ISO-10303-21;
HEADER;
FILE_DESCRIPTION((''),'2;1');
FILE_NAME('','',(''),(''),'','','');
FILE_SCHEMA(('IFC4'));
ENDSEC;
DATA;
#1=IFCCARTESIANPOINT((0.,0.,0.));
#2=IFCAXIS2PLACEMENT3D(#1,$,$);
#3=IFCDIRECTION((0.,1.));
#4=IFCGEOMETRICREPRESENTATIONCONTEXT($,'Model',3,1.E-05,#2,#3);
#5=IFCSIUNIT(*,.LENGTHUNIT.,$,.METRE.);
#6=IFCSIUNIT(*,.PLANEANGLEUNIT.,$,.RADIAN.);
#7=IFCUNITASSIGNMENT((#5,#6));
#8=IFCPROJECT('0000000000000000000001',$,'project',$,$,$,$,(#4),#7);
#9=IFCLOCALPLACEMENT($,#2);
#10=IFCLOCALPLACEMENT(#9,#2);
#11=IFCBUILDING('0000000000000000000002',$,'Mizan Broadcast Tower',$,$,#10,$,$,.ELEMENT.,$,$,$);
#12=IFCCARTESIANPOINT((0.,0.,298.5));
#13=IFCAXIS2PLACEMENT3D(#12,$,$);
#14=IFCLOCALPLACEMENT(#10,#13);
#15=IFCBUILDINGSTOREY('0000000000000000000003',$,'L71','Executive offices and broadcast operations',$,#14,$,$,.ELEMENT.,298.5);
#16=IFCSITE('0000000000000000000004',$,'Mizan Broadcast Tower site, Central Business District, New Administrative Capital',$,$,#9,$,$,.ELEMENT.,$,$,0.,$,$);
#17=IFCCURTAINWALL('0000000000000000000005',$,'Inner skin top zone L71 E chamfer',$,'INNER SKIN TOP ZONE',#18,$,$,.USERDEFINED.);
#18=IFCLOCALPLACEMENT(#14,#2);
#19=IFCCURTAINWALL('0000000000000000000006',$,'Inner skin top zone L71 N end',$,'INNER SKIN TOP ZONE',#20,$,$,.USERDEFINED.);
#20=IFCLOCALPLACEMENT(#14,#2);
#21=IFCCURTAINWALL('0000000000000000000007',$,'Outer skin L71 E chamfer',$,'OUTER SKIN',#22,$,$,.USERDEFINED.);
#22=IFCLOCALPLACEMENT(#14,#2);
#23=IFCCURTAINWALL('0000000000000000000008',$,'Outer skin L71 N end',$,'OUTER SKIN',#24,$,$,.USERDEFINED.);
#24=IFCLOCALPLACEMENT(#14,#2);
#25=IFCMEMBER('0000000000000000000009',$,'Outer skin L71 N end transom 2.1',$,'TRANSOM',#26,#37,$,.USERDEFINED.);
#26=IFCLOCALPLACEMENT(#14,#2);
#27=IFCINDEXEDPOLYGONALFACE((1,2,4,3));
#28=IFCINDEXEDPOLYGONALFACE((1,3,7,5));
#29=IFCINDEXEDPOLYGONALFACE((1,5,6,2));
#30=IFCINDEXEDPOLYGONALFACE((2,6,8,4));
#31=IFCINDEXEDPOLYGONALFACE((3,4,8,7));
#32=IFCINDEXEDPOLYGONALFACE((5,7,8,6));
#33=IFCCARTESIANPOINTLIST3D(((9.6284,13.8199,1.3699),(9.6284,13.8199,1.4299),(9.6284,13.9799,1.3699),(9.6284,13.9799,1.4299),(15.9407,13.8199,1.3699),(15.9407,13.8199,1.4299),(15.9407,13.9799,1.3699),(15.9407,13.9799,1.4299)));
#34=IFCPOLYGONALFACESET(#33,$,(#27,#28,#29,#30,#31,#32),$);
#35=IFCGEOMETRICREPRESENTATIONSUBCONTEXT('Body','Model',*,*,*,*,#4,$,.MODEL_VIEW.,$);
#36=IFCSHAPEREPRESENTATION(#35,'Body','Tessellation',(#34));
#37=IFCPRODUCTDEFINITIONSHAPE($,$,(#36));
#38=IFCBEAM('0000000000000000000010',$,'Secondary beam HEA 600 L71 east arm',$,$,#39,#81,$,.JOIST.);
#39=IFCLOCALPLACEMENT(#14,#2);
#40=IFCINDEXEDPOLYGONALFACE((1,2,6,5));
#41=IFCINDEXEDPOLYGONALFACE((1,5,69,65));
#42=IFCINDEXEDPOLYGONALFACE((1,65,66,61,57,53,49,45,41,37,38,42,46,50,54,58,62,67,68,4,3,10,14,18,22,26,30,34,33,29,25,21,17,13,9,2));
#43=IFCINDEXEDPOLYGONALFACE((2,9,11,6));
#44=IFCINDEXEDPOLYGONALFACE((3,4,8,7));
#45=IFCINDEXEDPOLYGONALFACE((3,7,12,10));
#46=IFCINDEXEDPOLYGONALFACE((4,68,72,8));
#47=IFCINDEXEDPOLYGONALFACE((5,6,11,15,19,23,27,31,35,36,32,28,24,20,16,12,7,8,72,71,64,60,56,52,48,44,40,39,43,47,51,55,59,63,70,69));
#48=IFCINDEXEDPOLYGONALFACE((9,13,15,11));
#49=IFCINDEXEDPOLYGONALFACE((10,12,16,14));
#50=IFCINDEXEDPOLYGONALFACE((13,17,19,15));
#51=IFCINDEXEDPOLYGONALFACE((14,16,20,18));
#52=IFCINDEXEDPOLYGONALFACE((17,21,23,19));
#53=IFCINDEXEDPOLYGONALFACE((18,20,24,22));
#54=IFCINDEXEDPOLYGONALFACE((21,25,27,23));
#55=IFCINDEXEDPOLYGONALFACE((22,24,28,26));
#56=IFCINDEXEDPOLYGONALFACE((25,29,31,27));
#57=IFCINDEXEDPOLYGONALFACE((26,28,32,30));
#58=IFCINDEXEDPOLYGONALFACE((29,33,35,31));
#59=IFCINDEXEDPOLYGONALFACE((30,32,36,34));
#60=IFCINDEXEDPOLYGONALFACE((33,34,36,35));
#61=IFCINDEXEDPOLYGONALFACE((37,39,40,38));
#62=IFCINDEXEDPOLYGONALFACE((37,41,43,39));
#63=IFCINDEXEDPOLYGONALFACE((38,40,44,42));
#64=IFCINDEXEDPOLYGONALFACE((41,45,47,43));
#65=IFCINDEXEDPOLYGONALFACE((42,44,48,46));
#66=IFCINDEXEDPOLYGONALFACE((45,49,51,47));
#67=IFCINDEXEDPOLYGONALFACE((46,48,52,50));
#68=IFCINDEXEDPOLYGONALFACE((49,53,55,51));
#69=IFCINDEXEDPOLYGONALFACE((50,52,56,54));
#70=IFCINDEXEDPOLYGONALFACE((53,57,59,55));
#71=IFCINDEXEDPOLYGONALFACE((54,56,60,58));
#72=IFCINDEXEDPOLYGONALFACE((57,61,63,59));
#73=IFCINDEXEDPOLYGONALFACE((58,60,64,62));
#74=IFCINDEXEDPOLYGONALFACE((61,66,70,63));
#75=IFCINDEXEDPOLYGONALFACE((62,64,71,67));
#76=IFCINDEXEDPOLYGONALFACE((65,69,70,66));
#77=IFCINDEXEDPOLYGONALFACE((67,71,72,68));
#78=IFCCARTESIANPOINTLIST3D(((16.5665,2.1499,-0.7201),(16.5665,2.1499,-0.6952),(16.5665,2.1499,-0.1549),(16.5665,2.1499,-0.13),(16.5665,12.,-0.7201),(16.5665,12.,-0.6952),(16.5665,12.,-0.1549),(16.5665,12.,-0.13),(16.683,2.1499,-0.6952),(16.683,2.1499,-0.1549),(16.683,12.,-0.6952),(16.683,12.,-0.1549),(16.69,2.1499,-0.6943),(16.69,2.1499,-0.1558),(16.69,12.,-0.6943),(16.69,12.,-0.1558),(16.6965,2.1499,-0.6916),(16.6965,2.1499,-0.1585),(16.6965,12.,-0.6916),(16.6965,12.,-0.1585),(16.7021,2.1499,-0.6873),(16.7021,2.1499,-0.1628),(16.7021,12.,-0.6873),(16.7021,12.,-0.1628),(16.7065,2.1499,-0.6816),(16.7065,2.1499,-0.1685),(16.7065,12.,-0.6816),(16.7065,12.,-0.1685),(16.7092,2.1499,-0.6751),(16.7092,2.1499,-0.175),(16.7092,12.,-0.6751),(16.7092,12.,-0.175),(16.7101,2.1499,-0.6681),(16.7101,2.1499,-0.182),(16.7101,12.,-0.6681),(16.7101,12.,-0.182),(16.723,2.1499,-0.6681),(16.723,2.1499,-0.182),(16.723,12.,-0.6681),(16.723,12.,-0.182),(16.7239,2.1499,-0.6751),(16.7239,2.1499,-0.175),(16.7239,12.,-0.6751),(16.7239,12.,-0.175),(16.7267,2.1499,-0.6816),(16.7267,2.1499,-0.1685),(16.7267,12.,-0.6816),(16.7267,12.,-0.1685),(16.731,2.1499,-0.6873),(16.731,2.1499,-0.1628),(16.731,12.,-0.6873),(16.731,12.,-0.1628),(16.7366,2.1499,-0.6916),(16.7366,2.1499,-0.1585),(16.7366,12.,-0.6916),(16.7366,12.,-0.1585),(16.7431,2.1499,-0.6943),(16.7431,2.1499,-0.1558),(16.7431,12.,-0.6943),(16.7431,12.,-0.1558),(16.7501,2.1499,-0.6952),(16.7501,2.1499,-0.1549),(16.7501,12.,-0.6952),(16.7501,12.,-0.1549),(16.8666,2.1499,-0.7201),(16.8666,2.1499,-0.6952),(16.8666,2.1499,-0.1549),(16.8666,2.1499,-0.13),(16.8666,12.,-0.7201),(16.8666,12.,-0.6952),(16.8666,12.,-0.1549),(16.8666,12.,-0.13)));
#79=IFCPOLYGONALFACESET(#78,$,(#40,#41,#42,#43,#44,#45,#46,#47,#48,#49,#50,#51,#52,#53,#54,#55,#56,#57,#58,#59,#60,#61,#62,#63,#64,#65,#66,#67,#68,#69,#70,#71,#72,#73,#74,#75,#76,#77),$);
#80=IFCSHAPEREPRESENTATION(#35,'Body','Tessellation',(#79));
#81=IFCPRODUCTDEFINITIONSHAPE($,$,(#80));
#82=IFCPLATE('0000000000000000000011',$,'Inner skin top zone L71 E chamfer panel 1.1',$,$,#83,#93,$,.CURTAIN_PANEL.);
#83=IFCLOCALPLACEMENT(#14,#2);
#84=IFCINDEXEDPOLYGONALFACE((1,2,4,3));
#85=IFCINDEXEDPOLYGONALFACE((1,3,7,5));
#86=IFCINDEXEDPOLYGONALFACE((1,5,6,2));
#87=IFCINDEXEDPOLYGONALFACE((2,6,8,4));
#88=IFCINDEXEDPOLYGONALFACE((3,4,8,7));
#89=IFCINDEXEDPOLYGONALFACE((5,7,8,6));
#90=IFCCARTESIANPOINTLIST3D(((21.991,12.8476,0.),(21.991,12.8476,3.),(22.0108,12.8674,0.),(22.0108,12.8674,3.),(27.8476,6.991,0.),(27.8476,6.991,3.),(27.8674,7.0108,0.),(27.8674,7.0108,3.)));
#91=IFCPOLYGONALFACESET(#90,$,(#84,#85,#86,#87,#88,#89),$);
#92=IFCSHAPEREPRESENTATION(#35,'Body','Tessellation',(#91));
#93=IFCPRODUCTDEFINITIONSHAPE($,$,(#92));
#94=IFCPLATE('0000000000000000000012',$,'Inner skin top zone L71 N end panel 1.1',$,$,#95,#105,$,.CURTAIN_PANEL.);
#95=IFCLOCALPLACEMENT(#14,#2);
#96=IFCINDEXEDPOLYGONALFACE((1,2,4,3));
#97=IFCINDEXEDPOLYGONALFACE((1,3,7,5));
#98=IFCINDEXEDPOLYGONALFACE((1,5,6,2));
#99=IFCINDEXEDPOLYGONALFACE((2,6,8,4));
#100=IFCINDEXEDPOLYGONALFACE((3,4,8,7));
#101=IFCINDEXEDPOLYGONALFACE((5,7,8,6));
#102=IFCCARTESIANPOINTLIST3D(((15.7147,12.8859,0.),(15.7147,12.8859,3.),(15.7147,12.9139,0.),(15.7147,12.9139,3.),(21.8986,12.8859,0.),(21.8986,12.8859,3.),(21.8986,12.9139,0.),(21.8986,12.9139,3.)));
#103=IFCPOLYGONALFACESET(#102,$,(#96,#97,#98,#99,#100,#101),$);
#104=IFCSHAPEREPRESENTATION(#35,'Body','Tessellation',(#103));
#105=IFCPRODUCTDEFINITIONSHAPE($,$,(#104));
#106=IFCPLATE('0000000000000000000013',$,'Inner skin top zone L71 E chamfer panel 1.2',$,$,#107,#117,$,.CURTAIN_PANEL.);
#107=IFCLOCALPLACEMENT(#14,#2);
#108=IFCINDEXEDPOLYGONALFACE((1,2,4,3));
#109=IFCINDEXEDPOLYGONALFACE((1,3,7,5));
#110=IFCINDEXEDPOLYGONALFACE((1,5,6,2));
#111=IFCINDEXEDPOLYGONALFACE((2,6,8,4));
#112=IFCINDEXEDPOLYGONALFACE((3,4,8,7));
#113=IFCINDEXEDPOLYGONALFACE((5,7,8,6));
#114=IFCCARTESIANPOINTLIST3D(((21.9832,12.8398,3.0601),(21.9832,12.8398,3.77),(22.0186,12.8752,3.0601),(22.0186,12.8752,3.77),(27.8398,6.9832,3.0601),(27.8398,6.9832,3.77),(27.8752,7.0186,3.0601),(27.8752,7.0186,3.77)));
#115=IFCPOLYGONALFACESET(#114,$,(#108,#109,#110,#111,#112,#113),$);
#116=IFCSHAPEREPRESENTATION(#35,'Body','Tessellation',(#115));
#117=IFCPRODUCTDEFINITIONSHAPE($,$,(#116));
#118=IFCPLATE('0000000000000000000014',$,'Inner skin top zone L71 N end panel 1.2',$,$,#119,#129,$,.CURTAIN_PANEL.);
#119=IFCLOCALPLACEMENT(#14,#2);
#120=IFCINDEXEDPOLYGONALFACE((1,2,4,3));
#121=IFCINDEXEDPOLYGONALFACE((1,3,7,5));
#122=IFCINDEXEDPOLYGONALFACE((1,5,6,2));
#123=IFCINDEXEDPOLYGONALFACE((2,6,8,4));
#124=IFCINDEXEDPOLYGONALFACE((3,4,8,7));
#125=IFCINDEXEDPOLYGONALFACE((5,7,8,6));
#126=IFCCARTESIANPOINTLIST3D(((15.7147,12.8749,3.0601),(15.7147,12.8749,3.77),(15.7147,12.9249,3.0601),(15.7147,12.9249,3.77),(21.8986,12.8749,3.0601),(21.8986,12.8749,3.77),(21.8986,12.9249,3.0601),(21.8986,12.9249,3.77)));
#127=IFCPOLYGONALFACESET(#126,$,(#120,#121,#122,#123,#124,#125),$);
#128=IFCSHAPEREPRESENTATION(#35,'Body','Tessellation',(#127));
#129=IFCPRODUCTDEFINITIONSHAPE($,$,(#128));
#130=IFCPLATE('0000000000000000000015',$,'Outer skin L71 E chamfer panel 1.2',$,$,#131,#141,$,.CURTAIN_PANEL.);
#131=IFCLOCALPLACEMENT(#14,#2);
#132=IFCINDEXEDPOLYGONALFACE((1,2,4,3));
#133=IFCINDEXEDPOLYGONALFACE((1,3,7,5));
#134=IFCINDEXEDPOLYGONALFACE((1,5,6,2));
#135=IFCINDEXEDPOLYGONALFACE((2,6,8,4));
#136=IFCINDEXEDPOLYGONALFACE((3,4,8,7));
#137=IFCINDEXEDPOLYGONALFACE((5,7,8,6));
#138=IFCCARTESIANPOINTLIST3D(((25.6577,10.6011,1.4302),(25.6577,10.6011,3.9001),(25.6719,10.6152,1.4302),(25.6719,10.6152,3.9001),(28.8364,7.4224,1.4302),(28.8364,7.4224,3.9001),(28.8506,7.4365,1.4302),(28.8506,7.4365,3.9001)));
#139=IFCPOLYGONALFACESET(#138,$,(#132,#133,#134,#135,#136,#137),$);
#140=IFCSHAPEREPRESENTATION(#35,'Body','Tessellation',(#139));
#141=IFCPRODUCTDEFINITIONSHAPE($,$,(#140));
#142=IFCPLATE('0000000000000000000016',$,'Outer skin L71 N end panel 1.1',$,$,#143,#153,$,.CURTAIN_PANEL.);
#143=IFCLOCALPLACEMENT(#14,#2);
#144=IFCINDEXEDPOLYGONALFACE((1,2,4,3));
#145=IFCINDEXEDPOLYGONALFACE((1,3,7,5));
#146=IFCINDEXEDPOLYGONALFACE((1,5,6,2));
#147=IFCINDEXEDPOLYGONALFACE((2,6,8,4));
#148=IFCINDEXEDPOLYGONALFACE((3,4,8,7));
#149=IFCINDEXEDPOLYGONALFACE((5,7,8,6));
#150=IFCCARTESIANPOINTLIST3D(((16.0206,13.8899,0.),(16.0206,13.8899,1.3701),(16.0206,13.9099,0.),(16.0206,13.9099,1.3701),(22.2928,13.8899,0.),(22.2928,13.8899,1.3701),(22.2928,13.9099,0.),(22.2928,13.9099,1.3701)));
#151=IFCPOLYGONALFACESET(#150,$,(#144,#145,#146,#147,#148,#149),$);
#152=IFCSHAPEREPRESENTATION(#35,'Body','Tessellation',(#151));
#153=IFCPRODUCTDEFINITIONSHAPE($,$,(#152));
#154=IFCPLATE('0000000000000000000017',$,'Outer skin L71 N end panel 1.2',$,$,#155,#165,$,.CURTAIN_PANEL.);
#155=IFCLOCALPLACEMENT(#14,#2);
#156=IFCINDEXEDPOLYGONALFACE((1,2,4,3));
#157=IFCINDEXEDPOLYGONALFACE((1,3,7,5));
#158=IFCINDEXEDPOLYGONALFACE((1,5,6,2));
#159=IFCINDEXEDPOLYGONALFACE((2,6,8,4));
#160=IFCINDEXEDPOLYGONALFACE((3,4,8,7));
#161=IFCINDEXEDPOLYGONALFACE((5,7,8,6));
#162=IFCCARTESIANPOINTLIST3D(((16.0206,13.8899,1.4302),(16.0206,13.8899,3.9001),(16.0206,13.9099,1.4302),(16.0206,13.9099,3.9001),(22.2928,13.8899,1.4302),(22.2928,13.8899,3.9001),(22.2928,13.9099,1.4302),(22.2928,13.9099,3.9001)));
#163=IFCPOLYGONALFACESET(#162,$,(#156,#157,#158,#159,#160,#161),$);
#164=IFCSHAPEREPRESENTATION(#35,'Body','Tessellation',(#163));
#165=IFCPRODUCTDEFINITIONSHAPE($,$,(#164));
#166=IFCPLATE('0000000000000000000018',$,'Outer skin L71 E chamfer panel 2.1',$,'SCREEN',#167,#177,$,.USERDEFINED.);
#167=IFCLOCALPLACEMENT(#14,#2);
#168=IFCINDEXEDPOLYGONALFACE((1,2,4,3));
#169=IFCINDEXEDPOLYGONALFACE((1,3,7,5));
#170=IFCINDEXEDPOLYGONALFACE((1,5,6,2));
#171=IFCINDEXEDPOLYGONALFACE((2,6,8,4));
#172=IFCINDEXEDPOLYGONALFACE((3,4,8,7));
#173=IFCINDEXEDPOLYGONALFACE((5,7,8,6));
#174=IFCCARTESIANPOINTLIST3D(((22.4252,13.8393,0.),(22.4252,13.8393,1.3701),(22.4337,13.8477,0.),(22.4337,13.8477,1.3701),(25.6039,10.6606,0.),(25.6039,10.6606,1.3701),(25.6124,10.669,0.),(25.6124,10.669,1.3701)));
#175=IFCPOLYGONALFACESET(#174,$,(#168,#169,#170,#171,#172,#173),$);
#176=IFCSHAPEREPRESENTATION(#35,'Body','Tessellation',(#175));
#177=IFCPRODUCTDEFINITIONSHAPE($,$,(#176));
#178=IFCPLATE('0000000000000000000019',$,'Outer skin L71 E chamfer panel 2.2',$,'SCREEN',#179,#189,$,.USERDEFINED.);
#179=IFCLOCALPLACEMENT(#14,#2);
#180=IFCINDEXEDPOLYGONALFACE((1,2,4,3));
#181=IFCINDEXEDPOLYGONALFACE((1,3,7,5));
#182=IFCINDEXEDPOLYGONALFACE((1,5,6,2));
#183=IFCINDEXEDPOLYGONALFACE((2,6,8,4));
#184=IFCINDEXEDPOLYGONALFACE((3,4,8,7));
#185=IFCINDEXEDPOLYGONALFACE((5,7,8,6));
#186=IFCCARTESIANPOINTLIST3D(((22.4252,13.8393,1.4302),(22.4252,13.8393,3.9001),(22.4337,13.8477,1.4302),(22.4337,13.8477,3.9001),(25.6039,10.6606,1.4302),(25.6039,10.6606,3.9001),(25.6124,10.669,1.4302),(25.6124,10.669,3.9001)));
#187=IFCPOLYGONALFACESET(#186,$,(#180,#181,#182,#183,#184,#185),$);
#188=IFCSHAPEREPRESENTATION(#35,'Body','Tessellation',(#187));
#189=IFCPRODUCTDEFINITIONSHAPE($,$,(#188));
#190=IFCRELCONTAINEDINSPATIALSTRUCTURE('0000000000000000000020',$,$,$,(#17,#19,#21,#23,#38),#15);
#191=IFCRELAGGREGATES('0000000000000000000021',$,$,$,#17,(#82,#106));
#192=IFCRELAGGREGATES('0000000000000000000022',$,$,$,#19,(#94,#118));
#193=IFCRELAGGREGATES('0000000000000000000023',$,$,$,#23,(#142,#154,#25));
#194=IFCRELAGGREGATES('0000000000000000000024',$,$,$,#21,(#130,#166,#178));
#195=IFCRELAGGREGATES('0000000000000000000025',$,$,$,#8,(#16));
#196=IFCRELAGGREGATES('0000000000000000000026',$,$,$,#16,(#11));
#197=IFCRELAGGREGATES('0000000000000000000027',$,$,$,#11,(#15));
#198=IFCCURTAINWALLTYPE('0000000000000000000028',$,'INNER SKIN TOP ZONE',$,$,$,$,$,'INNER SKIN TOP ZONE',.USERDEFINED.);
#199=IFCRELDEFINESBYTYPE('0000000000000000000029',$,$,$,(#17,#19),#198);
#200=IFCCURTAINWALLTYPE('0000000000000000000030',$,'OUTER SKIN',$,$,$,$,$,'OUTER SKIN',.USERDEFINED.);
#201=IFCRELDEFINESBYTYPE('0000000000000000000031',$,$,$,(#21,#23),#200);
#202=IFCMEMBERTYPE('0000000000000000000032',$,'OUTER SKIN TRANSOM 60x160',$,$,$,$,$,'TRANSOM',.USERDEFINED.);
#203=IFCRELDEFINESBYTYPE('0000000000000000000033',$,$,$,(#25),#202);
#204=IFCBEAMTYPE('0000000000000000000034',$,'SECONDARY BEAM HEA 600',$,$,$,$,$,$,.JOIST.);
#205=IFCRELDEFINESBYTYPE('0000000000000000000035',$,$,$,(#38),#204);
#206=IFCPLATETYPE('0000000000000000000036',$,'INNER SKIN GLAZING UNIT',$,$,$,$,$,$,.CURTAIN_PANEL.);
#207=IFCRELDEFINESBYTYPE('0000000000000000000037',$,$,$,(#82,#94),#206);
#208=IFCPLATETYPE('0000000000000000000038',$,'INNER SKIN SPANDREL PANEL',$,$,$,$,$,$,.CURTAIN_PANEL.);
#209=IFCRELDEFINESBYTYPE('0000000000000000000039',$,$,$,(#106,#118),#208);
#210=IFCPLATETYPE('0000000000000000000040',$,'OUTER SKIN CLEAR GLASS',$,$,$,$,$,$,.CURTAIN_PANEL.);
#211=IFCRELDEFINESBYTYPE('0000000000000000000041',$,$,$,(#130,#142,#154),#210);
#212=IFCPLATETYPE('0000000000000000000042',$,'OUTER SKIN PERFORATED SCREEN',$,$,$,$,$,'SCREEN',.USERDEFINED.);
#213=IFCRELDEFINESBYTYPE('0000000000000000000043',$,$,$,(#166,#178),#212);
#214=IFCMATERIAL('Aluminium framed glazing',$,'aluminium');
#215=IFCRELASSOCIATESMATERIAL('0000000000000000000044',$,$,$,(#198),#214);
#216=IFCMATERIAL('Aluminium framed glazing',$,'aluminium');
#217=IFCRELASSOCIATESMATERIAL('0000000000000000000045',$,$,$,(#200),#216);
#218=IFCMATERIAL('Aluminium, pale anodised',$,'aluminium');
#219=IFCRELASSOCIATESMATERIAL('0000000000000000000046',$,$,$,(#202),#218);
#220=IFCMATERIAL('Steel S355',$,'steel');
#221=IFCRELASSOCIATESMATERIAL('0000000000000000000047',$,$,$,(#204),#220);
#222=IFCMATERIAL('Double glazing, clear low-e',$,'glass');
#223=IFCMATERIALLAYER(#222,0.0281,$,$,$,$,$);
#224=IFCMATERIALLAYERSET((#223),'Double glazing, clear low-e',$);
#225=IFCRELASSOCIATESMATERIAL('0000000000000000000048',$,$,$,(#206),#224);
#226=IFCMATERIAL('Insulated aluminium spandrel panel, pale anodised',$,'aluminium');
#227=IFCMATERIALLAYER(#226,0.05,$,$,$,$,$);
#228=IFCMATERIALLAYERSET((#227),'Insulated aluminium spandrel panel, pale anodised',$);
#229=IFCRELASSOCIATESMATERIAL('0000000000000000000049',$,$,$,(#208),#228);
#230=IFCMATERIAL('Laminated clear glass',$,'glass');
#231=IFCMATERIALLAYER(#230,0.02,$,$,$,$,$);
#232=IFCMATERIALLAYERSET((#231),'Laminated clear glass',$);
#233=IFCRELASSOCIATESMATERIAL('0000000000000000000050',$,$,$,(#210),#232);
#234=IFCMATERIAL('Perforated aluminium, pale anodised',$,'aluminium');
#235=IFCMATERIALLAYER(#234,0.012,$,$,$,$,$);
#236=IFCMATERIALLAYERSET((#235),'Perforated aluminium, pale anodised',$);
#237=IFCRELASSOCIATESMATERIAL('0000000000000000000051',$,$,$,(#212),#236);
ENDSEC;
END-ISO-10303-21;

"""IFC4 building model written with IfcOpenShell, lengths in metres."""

from ifc_helpers import new_model, si_unit, direction, frame, origin, origin_2d, place, context, subcontext, project, spatial, rectangle, i_section, extrude, material, layer, layer_set, material_profile, profile_set, type_object, element, aggregate, save


model = new_model("IFC4")

# Units and contexts
model_context = context("Model", 3, precision=1e-05, world=origin(), true_north=direction((0.0, 1.0)))
body_context = subcontext(model_context, "Body", "Model", "MODEL_VIEW")
ifc_project = project(units=[si_unit("LENGTHUNIT", "METRE"), si_unit("PLANEANGLEUNIT", "RADIAN")], contexts=[model_context])

# Site, building, storey
site_placement = place(None, origin())
site = spatial("IfcSite", under=ifc_project, at=site_placement, Name="Mizan Broadcast Tower site, Central Business District, New Administrative Capital", CompositionType="ELEMENT", RefElevation=0.0)
building_placement = place(site_placement, origin())
building = spatial("IfcBuilding", under=site, at=building_placement, Name="Mizan Broadcast Tower", CompositionType="ELEMENT")
storey_placement = place(building_placement, frame((0.0, 0.0, 298.5)))
storey = spatial("IfcBuildingStorey", under=building, at=storey_placement, Name="L71", Description="Executive offices and broadcast operations", CompositionType="ELEMENT", Elevation=298.5)

# Curtain wall
ifc_material_1 = material(Name="Aluminium framed glazing", Category="aluminium")
curtain_wall_type_1 = type_object("IfcCurtainWallType", Name="INNER SKIN TOP ZONE", ElementType="INNER SKIN TOP ZONE", PredefinedType="USERDEFINED", material=ifc_material_1)
curtain_wall_1_placement = place(storey_placement, origin())
curtain_wall_1 = element("IfcCurtainWall", 1, at=curtain_wall_1_placement, inside=storey, type_object=curtain_wall_type_1, Name="Inner skin top zone L71 E chamfer", ObjectType="INNER SKIN TOP ZONE", PredefinedType="USERDEFINED")

# Curtain walls
curtain_wall_2_placement = place(storey_placement, origin())
curtain_wall_2 = element("IfcCurtainWall", 2, at=curtain_wall_2_placement, inside=storey, type_object=curtain_wall_type_1, Name="Inner skin top zone L71 N end", ObjectType="INNER SKIN TOP ZONE", PredefinedType="USERDEFINED")
ifc_material_2 = material(Name="Aluminium framed glazing", Category="aluminium")
curtain_wall_type_2 = type_object("IfcCurtainWallType", Name="OUTER SKIN", ElementType="OUTER SKIN", PredefinedType="USERDEFINED", material=ifc_material_2)
curtain_wall_3_placement = place(storey_placement, origin())
curtain_wall_3 = element("IfcCurtainWall", 3, at=curtain_wall_3_placement, inside=storey, type_object=curtain_wall_type_2, Name="Outer skin L71 E chamfer", ObjectType="OUTER SKIN", PredefinedType="USERDEFINED")

# Curtain wall
curtain_wall_4_placement = place(storey_placement, origin())
curtain_wall_4 = element("IfcCurtainWall", 4, at=curtain_wall_4_placement, inside=storey, type_object=curtain_wall_type_2, Name="Outer skin L71 N end", ObjectType="OUTER SKIN", PredefinedType="USERDEFINED")

# Member
ifc_material_3 = material(Name="Aluminium, pale anodised", Category="aluminium")
ifc_material_profile_1 = material_profile(ifc_material_3, rectangle(XDim=0.1599, YDim=0.0601, at=origin_2d()), Name="TRANSOM 160x60")
ifc_profile_set_1 = profile_set([ifc_material_profile_1], Name="Aluminium, pale anodised")
member_type_1 = type_object("IfcMemberType", Name="OUTER SKIN TRANSOM 60x160", ElementType="TRANSOM", PredefinedType="USERDEFINED", material=ifc_profile_set_1)
member_1_placement = place(storey_placement, frame((15.9407, 13.8999, 1.3999), z_axis=(-1.0, 0.0, 0.0), x_axis=(0.0, -1.0, 0.0)))
member_1 = element("IfcMember", 5, at=member_1_placement, type_object=member_type_1, Name="Outer skin L71 N end transom 2.1", ObjectType="TRANSOM", PredefinedType="USERDEFINED", context=body_context, shape_type="SweptSolid", body=[
    extrude(rectangle(XDim=0.1599, YDim=0.0601, at=origin_2d()), origin(), (0.0, 0.0, 1.0), 6.3123),
])

# Beam
ifc_material_4 = material(Name="Steel S355", Category="steel")
ifc_material_profile_2 = material_profile(ifc_material_4, i_section(OverallWidth=0.3, OverallDepth=0.5901, WebThickness=0.0129, FlangeThickness=0.0249, FilletRadius=0.0271, at=origin_2d()), Name="HEA 600")
ifc_profile_set_2 = profile_set([ifc_material_profile_2], Name="Steel S355")
beam_type_1 = type_object("IfcBeamType", Name="SECONDARY BEAM HEA 600", PredefinedType="JOIST", material=ifc_profile_set_2)
beam_1_placement = place(storey_placement, frame((16.7166, 12.0, -0.425), z_axis=(0.0, -1.0, 0.0), x_axis=(1.0, 0.0, 0.0)))
element("IfcBeam", 6, at=beam_1_placement, inside=storey, type_object=beam_type_1, Name="Secondary beam HEA 600 L71 east arm", PredefinedType="JOIST", context=body_context, shape_type="SweptSolid", body=[
    extrude(i_section(OverallWidth=0.3, OverallDepth=0.5901, WebThickness=0.0129, FlangeThickness=0.0249, FilletRadius=0.0271, at=origin_2d()), origin(), (0.0, 0.0, 1.0), 9.8501),
])

# Plates
ifc_material_5 = material(Name="Double glazing, clear low-e", Category="glass")
ifc_layer_1 = layer(ifc_material_5, 0.0281)
ifc_layer_set_1 = layer_set([ifc_layer_1], Name="Double glazing, clear low-e")
plate_type_1 = type_object("IfcPlateType", Name="INNER SKIN GLAZING UNIT", PredefinedType="CURTAIN_PANEL", material=ifc_layer_set_1)
plate_1_placement = place(storey_placement, frame((24.9292, 9.9292, 0.0), z_axis=(0.0, 0.0, 1.0), x_axis=(-0.707107, 0.707107, 0.0)))
plate_1 = element("IfcPlate", 7, at=plate_1_placement, type_object=plate_type_1, Name="Inner skin top zone L71 E chamfer panel 1.1", PredefinedType="CURTAIN_PANEL", context=body_context, shape_type="SweptSolid", body=[
    extrude(rectangle(XDim=8.2825, YDim=0.0281, at=origin_2d()), origin(), (0.0, 0.0, 1.0), 3.0),
])
plate_2_placement = place(storey_placement, frame((18.8066, 12.8999, 0.0), z_axis=(0.0, 0.0, 1.0), x_axis=(-1.0, 0.0, 0.0)))
plate_2 = element("IfcPlate", 8, at=plate_2_placement, type_object=plate_type_1, Name="Inner skin top zone L71 N end panel 1.1", PredefinedType="CURTAIN_PANEL", context=body_context, shape_type="SweptSolid", body=[
    extrude(rectangle(XDim=6.1838, YDim=0.0281, at=origin_2d()), origin(), (0.0, 0.0, 1.0), 3.0),
])
ifc_material_6 = material(Name="Insulated aluminium spandrel panel, pale anodised", Category="aluminium")
ifc_layer_2 = layer(ifc_material_6, 0.05)
ifc_layer_set_2 = layer_set([ifc_layer_2], Name="Insulated aluminium spandrel panel, pale anodised")
plate_type_2 = type_object("IfcPlateType", Name="INNER SKIN SPANDREL PANEL", PredefinedType="CURTAIN_PANEL", material=ifc_layer_set_2)
plate_3_placement = place(storey_placement, frame((24.9292, 9.9292, 3.0601), z_axis=(0.0, 0.0, 1.0), x_axis=(-0.707107, 0.707107, 0.0)))
plate_3 = element("IfcPlate", 9, at=plate_3_placement, type_object=plate_type_2, Name="Inner skin top zone L71 E chamfer panel 1.2", PredefinedType="CURTAIN_PANEL", context=body_context, shape_type="SweptSolid", body=[
    extrude(rectangle(XDim=8.2825, YDim=0.05, at=origin_2d()), origin(), (0.0, 0.0, 1.0), 0.71),
])
aggregate(curtain_wall_1, [plate_1, plate_3])
plate_4_placement = place(storey_placement, frame((18.8066, 12.8999, 3.0601), z_axis=(0.0, 0.0, 1.0), x_axis=(-1.0, 0.0, 0.0)))
plate_4 = element("IfcPlate", 10, at=plate_4_placement, type_object=plate_type_2, Name="Inner skin top zone L71 N end panel 1.2", PredefinedType="CURTAIN_PANEL", context=body_context, shape_type="SweptSolid", body=[
    extrude(rectangle(XDim=6.1838, YDim=0.05, at=origin_2d()), origin(), (0.0, 0.0, 1.0), 0.71),
])
aggregate(curtain_wall_2, [plate_2, plate_4])
ifc_material_7 = material(Name="Laminated clear glass", Category="glass")
ifc_layer_3 = layer(ifc_material_7, 0.02)
ifc_layer_set_3 = layer_set([ifc_layer_3], Name="Laminated clear glass")
plate_type_3 = type_object("IfcPlateType", Name="OUTER SKIN CLEAR GLASS", PredefinedType="CURTAIN_PANEL", material=ifc_layer_set_3)
plate_5_placement = place(storey_placement, frame((27.2542, 9.0188, 1.4302), z_axis=(0.0, 0.0, 1.0), x_axis=(-0.707107, 0.707107, 0.0)))
plate_5 = element("IfcPlate", 11, at=plate_5_placement, type_object=plate_type_3, Name="Outer skin L71 E chamfer panel 1.2", PredefinedType="CURTAIN_PANEL", context=body_context, shape_type="SweptSolid", body=[
    extrude(rectangle(XDim=4.4954, YDim=0.02, at=origin_2d()), origin(), (0.0, 0.0, 1.0), 2.47),
])
plate_6_placement = place(storey_placement, frame((19.1567, 13.8999, 0.0), z_axis=(0.0, 0.0, 1.0), x_axis=(-1.0, 0.0, 0.0)))
plate_6 = element("IfcPlate", 12, at=plate_6_placement, type_object=plate_type_3, Name="Outer skin L71 N end panel 1.1", PredefinedType="CURTAIN_PANEL", context=body_context, shape_type="SweptSolid", body=[
    extrude(rectangle(XDim=6.2722, YDim=0.02, at=origin_2d()), origin(), (0.0, 0.0, 1.0), 1.3701),
])
plate_7_placement = place(storey_placement, frame((19.1567, 13.8999, 1.4302), z_axis=(0.0, 0.0, 1.0), x_axis=(-1.0, 0.0, 0.0)))
plate_7 = element("IfcPlate", 13, at=plate_7_placement, type_object=plate_type_3, Name="Outer skin L71 N end panel 1.2", PredefinedType="CURTAIN_PANEL", context=body_context, shape_type="SweptSolid", body=[
    extrude(rectangle(XDim=6.2722, YDim=0.02, at=origin_2d()), origin(), (0.0, 0.0, 1.0), 2.47),
])
aggregate(curtain_wall_4, [plate_6, plate_7, member_1])
ifc_material_8 = material(Name="Perforated aluminium, pale anodised", Category="aluminium")
ifc_layer_4 = layer(ifc_material_8, 0.012)
ifc_layer_set_4 = layer_set([ifc_layer_4], Name="Perforated aluminium, pale anodised")
plate_type_4 = type_object("IfcPlateType", Name="OUTER SKIN PERFORATED SCREEN", ElementType="SCREEN", PredefinedType="USERDEFINED", material=ifc_layer_set_4)
plate_8_placement = place(storey_placement, frame((24.0188, 12.2542, 0.0), z_axis=(0.0, 0.0, 1.0), x_axis=(-0.707107, 0.707107, 0.0)))
plate_8 = element("IfcPlate", 14, at=plate_8_placement, type_object=plate_type_4, Name="Outer skin L71 E chamfer panel 2.1", ObjectType="SCREEN", PredefinedType="USERDEFINED", context=body_context, shape_type="SweptSolid", body=[
    extrude(rectangle(XDim=4.4954, YDim=0.012, at=origin_2d()), origin(), (0.0, 0.0, 1.0), 1.3701),
])
plate_9_placement = place(storey_placement, frame((24.0188, 12.2542, 1.4302), z_axis=(0.0, 0.0, 1.0), x_axis=(-0.707107, 0.707107, 0.0)))
plate_9 = element("IfcPlate", 15, at=plate_9_placement, type_object=plate_type_4, Name="Outer skin L71 E chamfer panel 2.2", ObjectType="SCREEN", PredefinedType="USERDEFINED", context=body_context, shape_type="SweptSolid", body=[
    extrude(rectangle(XDim=4.4954, YDim=0.012, at=origin_2d()), origin(), (0.0, 0.0, 1.0), 2.47),
])
aggregate(curtain_wall_3, [plate_5, plate_8, plate_9])

save(model, "model.ifc")
